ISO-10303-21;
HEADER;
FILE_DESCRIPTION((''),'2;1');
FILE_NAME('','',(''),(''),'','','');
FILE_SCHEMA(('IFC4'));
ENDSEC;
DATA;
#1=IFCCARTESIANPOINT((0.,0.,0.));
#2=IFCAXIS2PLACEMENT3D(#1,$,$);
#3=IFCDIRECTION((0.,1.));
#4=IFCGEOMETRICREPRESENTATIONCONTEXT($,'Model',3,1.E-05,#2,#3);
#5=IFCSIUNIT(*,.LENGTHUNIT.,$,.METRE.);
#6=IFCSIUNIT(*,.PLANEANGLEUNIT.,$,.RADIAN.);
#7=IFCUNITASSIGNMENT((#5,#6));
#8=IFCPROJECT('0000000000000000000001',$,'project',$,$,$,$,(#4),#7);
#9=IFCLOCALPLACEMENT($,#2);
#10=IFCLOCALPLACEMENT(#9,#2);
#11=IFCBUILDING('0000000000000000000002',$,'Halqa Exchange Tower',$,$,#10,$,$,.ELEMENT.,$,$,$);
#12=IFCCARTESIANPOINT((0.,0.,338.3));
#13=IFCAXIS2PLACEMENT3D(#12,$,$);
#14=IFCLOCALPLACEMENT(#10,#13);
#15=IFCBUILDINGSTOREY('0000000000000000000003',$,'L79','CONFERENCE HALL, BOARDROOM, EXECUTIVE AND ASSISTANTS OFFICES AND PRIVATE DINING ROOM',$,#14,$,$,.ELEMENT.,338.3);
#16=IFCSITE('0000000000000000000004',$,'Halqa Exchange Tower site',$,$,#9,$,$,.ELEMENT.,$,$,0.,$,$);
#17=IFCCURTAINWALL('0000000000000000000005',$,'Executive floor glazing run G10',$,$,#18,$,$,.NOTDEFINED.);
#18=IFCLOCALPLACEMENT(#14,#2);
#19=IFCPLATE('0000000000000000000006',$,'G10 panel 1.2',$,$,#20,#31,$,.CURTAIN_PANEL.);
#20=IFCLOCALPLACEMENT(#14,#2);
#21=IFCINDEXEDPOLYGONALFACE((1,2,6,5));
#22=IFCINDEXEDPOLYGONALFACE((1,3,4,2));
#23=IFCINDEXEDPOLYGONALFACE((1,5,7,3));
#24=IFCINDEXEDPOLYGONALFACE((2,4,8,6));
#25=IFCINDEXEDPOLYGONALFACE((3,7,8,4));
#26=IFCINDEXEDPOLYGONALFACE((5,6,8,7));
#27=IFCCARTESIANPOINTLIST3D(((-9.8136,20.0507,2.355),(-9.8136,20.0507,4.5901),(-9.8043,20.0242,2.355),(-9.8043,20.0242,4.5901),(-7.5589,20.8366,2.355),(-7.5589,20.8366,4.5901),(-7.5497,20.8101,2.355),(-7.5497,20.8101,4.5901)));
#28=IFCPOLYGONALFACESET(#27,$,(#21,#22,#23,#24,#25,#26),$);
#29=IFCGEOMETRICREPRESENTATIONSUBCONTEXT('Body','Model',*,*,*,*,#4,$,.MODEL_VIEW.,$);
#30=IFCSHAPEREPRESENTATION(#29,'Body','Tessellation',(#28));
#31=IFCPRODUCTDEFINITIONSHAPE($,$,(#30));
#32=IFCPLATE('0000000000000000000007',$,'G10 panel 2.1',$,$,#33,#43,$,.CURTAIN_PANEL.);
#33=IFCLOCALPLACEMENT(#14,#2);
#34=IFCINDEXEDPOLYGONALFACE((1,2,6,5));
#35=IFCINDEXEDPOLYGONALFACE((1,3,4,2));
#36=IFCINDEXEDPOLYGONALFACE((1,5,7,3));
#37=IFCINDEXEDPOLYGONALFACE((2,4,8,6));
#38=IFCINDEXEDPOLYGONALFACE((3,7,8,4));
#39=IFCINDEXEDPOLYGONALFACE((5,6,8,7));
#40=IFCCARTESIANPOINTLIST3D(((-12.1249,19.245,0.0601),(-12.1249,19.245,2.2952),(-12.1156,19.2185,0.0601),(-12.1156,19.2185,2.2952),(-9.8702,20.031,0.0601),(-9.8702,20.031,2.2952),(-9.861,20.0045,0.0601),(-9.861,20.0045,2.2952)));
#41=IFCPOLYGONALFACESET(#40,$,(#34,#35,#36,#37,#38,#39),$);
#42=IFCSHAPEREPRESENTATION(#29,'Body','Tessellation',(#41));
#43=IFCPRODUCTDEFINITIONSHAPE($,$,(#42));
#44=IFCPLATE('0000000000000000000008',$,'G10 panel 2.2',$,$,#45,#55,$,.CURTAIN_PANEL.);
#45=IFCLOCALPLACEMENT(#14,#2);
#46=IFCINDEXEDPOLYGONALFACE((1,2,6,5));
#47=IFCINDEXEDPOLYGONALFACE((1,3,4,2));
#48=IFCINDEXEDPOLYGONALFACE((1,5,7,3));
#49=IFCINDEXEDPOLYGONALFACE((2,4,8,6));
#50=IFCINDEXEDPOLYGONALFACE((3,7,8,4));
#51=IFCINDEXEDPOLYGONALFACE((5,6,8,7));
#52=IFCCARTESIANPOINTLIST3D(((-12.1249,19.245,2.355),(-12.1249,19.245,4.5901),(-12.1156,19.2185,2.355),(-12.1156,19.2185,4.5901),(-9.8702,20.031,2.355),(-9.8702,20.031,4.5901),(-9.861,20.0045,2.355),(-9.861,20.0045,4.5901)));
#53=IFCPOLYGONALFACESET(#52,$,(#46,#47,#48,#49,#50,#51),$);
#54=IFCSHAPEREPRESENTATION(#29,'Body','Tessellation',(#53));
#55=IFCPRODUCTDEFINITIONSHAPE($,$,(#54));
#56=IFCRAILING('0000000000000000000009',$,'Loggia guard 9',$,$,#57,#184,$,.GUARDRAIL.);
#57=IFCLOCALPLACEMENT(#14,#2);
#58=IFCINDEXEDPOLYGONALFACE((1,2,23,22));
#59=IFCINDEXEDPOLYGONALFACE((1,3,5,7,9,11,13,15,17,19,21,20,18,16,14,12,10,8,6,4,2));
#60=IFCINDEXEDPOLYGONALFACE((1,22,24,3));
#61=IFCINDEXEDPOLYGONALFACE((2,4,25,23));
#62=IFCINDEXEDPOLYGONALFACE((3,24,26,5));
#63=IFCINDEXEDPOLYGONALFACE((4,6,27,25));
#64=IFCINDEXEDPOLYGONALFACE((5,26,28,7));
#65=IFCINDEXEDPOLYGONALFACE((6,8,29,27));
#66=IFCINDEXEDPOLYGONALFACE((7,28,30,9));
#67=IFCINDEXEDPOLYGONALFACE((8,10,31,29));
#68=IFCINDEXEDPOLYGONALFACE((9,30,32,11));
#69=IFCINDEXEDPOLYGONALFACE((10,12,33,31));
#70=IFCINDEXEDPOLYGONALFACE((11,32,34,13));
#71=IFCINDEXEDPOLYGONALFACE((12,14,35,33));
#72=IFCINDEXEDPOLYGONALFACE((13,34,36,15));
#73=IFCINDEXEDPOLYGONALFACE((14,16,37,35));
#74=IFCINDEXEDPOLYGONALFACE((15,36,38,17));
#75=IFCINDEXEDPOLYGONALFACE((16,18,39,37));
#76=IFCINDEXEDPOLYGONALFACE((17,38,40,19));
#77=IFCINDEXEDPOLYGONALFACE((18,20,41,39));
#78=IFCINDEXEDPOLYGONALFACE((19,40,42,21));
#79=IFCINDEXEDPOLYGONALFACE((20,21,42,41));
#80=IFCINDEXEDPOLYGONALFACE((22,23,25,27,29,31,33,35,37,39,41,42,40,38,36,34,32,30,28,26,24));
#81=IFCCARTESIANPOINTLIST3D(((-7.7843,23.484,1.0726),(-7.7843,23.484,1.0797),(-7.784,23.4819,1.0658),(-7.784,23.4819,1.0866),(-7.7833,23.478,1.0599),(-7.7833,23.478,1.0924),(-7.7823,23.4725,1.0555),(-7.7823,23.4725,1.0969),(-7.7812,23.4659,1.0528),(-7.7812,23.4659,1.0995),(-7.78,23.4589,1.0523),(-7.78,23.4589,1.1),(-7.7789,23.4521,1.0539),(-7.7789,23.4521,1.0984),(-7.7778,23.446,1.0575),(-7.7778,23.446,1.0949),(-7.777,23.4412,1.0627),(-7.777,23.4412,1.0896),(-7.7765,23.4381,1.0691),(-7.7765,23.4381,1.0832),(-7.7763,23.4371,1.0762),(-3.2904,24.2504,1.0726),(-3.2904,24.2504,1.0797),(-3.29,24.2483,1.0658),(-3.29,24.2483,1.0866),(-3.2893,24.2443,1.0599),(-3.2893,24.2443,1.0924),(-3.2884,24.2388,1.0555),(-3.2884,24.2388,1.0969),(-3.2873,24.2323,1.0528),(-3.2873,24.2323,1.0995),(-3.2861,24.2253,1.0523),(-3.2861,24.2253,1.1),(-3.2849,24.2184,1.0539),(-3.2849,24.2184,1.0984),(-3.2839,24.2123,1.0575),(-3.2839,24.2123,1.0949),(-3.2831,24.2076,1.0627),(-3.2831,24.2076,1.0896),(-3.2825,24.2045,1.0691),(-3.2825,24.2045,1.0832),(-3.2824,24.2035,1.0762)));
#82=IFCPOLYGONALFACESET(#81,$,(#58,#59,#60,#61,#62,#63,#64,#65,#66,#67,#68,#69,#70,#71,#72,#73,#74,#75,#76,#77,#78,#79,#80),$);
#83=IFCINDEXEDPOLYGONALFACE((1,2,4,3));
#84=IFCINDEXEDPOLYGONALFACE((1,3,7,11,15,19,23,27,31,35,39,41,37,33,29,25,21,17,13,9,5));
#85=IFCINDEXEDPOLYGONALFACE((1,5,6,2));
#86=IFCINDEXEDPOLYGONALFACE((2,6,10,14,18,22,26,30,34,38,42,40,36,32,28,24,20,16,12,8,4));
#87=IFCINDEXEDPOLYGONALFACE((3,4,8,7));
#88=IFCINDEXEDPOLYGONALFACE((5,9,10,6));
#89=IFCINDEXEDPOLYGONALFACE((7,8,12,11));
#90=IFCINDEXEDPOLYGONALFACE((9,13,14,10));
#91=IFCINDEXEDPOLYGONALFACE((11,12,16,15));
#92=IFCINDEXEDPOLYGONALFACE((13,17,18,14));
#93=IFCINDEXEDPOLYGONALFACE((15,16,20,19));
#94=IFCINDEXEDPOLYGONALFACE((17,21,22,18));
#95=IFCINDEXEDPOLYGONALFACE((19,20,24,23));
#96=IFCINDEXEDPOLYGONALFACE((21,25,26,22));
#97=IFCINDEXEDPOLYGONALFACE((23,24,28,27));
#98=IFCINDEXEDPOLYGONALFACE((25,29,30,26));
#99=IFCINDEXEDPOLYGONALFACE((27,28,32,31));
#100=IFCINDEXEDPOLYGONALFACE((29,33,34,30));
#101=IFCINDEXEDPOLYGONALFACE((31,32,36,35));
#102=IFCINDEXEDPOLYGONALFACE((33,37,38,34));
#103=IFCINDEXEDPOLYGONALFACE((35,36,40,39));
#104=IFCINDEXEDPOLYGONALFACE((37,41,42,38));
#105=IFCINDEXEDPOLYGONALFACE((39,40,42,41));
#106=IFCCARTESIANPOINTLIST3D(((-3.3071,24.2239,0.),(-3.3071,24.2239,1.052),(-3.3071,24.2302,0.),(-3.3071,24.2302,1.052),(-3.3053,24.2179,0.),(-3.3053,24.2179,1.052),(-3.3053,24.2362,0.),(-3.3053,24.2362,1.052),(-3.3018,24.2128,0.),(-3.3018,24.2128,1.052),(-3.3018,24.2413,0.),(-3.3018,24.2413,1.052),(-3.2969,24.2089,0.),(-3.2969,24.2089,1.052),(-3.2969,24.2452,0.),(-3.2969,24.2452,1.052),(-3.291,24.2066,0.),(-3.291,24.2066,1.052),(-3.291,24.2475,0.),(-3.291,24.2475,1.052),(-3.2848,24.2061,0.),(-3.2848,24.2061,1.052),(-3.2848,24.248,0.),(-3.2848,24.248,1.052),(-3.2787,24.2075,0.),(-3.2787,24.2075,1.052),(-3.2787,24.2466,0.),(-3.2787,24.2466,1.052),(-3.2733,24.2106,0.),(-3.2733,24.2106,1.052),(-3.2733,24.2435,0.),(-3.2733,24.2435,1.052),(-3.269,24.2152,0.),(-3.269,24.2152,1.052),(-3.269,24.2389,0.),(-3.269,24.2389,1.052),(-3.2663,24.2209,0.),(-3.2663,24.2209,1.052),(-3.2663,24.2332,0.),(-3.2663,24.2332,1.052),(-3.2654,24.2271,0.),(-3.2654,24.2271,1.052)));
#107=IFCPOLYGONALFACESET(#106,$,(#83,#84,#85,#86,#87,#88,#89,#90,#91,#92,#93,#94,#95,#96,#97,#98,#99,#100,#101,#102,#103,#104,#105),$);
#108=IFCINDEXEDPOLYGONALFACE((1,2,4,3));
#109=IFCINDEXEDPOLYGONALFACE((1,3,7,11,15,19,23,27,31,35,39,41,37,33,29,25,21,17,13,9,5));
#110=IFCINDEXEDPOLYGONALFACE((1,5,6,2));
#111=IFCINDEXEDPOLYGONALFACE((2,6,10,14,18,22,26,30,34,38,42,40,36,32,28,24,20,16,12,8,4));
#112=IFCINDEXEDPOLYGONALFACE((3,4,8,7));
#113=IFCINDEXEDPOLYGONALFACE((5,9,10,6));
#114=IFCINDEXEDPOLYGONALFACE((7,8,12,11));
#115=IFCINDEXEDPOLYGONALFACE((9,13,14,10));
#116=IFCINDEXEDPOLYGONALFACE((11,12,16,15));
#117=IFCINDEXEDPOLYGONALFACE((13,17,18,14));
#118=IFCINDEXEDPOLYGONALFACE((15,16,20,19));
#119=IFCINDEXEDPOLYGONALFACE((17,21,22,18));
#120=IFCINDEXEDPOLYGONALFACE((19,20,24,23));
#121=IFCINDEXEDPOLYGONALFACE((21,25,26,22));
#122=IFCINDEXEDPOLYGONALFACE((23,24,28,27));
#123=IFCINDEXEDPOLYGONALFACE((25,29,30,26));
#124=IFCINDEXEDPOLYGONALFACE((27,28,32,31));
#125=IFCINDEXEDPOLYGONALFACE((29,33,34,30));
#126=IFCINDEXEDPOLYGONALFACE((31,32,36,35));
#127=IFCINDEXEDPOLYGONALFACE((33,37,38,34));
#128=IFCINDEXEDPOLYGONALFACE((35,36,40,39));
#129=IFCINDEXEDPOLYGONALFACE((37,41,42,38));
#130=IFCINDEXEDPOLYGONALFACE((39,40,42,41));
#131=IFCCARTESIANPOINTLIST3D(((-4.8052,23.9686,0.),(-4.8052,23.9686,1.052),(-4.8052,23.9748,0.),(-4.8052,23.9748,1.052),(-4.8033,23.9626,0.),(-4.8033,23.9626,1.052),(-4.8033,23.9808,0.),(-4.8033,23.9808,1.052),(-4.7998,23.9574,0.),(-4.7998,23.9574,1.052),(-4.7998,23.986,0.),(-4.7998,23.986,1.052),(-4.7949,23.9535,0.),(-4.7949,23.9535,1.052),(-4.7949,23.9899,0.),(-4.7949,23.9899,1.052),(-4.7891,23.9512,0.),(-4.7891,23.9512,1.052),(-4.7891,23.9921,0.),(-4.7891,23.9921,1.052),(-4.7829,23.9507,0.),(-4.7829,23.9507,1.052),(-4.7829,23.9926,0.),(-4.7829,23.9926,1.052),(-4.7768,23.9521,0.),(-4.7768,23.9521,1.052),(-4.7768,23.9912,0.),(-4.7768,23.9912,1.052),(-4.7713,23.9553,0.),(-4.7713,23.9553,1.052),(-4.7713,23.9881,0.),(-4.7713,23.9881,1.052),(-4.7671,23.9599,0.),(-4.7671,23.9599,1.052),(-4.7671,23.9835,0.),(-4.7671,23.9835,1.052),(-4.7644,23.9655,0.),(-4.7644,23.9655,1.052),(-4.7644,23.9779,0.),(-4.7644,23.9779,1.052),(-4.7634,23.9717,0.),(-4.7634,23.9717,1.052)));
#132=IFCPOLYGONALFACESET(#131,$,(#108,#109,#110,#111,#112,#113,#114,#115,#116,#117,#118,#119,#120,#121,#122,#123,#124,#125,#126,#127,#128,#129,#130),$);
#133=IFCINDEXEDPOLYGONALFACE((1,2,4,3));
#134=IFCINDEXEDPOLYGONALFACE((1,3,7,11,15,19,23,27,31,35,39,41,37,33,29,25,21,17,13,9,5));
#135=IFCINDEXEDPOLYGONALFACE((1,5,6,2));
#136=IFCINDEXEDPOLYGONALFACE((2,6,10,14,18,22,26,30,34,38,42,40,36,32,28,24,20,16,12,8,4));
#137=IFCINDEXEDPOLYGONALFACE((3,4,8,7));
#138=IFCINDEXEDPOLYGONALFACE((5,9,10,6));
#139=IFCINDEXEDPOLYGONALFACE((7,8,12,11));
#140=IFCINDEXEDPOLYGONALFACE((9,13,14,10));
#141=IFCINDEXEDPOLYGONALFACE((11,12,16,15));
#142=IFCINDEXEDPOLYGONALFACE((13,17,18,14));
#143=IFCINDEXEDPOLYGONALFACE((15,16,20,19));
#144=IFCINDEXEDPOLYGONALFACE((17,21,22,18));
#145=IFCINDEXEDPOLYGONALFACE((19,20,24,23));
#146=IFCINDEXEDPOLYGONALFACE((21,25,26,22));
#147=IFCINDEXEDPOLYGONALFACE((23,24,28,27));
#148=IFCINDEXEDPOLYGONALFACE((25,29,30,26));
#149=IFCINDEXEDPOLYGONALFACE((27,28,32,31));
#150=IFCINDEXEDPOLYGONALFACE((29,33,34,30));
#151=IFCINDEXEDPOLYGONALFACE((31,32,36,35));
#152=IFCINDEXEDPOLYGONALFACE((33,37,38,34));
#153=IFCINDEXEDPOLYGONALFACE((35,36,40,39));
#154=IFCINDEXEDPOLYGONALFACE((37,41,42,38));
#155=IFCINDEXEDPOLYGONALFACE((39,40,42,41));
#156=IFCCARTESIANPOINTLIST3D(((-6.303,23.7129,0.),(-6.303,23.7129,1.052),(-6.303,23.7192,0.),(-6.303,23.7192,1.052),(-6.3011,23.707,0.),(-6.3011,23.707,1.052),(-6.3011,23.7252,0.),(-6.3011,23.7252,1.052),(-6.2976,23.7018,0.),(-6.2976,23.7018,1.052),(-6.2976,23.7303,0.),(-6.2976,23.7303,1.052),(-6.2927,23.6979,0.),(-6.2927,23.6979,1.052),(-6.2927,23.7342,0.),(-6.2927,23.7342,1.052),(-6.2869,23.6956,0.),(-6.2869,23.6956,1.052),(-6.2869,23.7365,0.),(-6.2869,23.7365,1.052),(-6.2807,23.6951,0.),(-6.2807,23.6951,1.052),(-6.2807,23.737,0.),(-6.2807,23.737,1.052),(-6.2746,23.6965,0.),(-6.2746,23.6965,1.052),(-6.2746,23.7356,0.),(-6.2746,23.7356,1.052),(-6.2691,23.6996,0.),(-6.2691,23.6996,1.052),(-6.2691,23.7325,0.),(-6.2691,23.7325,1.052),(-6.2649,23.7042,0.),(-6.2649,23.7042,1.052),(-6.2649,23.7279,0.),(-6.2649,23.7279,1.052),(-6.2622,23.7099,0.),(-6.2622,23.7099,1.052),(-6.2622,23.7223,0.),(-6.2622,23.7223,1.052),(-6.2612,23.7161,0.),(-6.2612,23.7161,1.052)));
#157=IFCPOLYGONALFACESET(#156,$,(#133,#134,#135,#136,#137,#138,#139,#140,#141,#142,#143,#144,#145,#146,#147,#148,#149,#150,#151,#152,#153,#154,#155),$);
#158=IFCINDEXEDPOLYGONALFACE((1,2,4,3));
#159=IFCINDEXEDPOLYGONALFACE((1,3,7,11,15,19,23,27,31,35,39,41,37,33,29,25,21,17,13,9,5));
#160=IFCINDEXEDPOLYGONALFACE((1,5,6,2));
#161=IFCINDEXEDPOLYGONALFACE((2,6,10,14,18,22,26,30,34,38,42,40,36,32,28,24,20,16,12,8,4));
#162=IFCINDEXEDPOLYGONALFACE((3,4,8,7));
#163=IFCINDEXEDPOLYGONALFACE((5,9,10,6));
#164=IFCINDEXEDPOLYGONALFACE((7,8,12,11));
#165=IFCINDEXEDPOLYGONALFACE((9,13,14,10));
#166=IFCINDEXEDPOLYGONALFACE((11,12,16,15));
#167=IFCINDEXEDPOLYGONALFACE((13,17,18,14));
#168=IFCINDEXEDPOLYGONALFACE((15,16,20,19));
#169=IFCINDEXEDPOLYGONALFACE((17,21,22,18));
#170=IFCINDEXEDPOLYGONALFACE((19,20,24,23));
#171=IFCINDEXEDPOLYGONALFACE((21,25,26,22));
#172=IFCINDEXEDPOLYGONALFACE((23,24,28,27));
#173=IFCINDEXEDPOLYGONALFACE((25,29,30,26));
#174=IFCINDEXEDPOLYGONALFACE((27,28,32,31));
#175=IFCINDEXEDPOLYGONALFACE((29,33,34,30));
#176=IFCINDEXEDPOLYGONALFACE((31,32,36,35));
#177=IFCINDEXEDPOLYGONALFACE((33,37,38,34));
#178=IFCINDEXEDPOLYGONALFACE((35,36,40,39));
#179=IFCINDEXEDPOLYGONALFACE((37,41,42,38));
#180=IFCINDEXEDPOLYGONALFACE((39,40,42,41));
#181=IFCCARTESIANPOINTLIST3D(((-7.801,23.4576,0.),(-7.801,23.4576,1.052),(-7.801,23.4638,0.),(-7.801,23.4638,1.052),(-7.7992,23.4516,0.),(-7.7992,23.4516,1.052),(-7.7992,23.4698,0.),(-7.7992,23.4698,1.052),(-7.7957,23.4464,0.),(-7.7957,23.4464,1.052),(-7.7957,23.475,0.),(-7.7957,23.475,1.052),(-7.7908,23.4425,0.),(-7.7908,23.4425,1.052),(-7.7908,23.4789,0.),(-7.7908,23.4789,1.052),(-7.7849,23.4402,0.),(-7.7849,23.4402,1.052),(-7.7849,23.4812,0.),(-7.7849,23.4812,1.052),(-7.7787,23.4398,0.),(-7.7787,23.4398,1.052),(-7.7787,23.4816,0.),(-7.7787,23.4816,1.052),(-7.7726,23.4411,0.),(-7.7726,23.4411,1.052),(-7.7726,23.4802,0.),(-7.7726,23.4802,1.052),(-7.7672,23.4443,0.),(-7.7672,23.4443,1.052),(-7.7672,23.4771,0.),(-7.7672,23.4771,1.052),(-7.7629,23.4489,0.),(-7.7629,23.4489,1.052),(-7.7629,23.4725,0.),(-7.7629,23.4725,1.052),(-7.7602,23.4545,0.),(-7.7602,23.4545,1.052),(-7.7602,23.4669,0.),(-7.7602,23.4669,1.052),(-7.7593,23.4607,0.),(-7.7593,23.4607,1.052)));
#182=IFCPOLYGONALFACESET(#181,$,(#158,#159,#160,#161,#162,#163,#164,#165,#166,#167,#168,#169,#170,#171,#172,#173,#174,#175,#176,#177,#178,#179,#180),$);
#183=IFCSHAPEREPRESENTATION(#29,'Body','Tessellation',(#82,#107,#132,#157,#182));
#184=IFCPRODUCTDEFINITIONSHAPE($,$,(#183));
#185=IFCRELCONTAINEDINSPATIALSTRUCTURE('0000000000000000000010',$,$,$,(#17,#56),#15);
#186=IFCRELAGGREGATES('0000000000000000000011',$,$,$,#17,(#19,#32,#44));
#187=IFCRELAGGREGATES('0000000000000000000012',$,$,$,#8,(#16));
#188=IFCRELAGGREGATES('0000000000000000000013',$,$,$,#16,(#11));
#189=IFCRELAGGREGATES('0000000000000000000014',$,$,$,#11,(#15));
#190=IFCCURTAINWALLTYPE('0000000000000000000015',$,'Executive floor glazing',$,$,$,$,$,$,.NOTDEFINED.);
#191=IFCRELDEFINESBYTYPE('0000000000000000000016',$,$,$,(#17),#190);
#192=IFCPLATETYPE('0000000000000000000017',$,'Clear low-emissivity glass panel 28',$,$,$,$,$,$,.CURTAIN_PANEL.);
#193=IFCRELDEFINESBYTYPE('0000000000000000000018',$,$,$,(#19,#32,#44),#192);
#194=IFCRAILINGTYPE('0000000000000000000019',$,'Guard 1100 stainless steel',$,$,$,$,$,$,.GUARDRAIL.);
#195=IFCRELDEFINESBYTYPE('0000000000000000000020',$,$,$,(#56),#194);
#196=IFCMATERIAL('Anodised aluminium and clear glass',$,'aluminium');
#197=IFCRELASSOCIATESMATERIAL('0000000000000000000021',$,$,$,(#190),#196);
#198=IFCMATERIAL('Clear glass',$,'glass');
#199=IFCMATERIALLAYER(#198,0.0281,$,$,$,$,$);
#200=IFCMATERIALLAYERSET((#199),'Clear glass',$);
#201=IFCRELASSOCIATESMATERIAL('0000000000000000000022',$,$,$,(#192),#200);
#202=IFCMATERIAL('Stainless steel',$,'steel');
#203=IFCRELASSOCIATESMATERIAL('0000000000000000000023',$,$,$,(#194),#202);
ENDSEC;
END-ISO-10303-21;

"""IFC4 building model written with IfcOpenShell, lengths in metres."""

from ifc_helpers import new_model, si_unit, direction, frame, origin, origin_2d, place, context, subcontext, project, spatial, rectangle, circle, extrude, material, layer, layer_set, type_object, element, aggregate, save


model = new_model("IFC4")

# Units and contexts
model_context = context("Model", 3, precision=1e-05, world=origin(), true_north=direction((0.0, 1.0)))
body_context = subcontext(model_context, "Body", "Model", "MODEL_VIEW")
ifc_project = project(units=[si_unit("LENGTHUNIT", "METRE"), si_unit("PLANEANGLEUNIT", "RADIAN")], contexts=[model_context])

# Site, building, storey
site_placement = place(None, origin())
site = spatial("IfcSite", under=ifc_project, at=site_placement, Name="Halqa Exchange Tower site", CompositionType="ELEMENT", RefElevation=0.0)
building_placement = place(site_placement, origin())
building = spatial("IfcBuilding", under=site, at=building_placement, Name="Halqa Exchange Tower", CompositionType="ELEMENT")
storey_placement = place(building_placement, frame((0.0, 0.0, 338.3)))
storey = spatial("IfcBuildingStorey", under=building, at=storey_placement, Name="L79", Description="CONFERENCE HALL, BOARDROOM, EXECUTIVE AND ASSISTANTS OFFICES AND PRIVATE DINING ROOM", CompositionType="ELEMENT", Elevation=338.3)

# Curtain wall
ifc_material_1 = material(Name="Anodised aluminium and clear glass", Category="aluminium")
curtain_wall_type = type_object("IfcCurtainWallType", Name="Executive floor glazing", PredefinedType="NOTDEFINED", material=ifc_material_1)
curtain_wall_1_placement = place(storey_placement, origin())
curtain_wall_1 = element("IfcCurtainWall", 1, at=curtain_wall_1_placement, inside=storey, type_object=curtain_wall_type, Name="Executive floor glazing run G10", PredefinedType="NOTDEFINED")

# Plates
ifc_material_2 = material(Name="Clear glass", Category="glass")
ifc_layer = layer(ifc_material_2, 0.0281)
ifc_layer_set = layer_set([ifc_layer], Name="Clear glass")
plate_type = type_object("IfcPlateType", Name="Clear low-emissivity glass panel 28", PredefinedType="CURTAIN_PANEL", material=ifc_layer_set)
plate_1_placement = place(storey_placement, frame((-8.6816, 20.4304, 2.355), z_axis=(0.0, 0.0, 1.0), x_axis=(-0.944274, -0.32916, 0.0)))
plate_1 = element("IfcPlate", 2, at=plate_1_placement, type_object=plate_type, Name="G10 panel 1.2", PredefinedType="CURTAIN_PANEL", context=body_context, shape_type="SweptSolid", body=[
    extrude(rectangle(XDim=2.3877, YDim=0.0281, at=origin_2d()), origin(), (0.0, 0.0, 1.0), 2.2351),
])
plate_2_placement = place(storey_placement, frame((-10.9929, 19.6248, 0.0601), z_axis=(0.0, 0.0, 1.0), x_axis=(-0.944274, -0.32916, 0.0)))
plate_2 = element("IfcPlate", 3, at=plate_2_placement, type_object=plate_type, Name="G10 panel 2.1", PredefinedType="CURTAIN_PANEL", context=body_context, shape_type="SweptSolid", body=[
    extrude(rectangle(XDim=2.3877, YDim=0.0281, at=origin_2d()), origin(), (0.0, 0.0, 1.0), 2.2351),
])
plate_3_placement = place(storey_placement, frame((-10.9929, 19.6248, 2.355), z_axis=(0.0, 0.0, 1.0), x_axis=(-0.944274, -0.32916, 0.0)))
plate_3 = element("IfcPlate", 4, at=plate_3_placement, type_object=plate_type, Name="G10 panel 2.2", PredefinedType="CURTAIN_PANEL", context=body_context, shape_type="SweptSolid", body=[
    extrude(rectangle(XDim=2.3877, YDim=0.0281, at=origin_2d()), origin(), (0.0, 0.0, 1.0), 2.2351),
])
aggregate(curtain_wall_1, [plate_1, plate_2, plate_3])

# Railing
ifc_material_3 = material(Name="Stainless steel", Category="steel")
railing_type = type_object("IfcRailingType", Name="Guard 1100 stainless steel", PredefinedType="GUARDRAIL", material=ifc_material_3)
railing_1_placement = place(storey_placement, frame((-3.2864, 24.2271, 0.0)))
element("IfcRailing", 5, at=railing_1_placement, inside=storey, type_object=railing_type, Name="Loggia guard 9", PredefinedType="GUARDRAIL", context=body_context, shape_type="SweptSolid", body=[
    extrude(circle(Radius=0.0239, at=origin_2d()), frame((0.0, 0.0, 1.0762), z_axis=(-0.985769, -0.168106, 0.0), x_axis=(0.168106, -0.985769, 0.0)), (0.0, 0.0, 1.0), 4.5588),
    extrude(circle(Radius=0.021, at=origin_2d()), origin(), (0.0, 0.0, 1.0), 1.052),
    extrude(circle(Radius=0.021, at=origin_2d()), frame((-1.498, -0.2554, 0.0)), (0.0, 0.0, 1.0), 1.052),
    extrude(circle(Radius=0.021, at=origin_2d()), frame((-2.9958, -0.511, 0.0)), (0.0, 0.0, 1.0), 1.052),
    extrude(circle(Radius=0.021, at=origin_2d()), frame((-4.4939, -0.7664, 0.0)), (0.0, 0.0, 1.0), 1.052),
])

save(model, "model.ifc")
